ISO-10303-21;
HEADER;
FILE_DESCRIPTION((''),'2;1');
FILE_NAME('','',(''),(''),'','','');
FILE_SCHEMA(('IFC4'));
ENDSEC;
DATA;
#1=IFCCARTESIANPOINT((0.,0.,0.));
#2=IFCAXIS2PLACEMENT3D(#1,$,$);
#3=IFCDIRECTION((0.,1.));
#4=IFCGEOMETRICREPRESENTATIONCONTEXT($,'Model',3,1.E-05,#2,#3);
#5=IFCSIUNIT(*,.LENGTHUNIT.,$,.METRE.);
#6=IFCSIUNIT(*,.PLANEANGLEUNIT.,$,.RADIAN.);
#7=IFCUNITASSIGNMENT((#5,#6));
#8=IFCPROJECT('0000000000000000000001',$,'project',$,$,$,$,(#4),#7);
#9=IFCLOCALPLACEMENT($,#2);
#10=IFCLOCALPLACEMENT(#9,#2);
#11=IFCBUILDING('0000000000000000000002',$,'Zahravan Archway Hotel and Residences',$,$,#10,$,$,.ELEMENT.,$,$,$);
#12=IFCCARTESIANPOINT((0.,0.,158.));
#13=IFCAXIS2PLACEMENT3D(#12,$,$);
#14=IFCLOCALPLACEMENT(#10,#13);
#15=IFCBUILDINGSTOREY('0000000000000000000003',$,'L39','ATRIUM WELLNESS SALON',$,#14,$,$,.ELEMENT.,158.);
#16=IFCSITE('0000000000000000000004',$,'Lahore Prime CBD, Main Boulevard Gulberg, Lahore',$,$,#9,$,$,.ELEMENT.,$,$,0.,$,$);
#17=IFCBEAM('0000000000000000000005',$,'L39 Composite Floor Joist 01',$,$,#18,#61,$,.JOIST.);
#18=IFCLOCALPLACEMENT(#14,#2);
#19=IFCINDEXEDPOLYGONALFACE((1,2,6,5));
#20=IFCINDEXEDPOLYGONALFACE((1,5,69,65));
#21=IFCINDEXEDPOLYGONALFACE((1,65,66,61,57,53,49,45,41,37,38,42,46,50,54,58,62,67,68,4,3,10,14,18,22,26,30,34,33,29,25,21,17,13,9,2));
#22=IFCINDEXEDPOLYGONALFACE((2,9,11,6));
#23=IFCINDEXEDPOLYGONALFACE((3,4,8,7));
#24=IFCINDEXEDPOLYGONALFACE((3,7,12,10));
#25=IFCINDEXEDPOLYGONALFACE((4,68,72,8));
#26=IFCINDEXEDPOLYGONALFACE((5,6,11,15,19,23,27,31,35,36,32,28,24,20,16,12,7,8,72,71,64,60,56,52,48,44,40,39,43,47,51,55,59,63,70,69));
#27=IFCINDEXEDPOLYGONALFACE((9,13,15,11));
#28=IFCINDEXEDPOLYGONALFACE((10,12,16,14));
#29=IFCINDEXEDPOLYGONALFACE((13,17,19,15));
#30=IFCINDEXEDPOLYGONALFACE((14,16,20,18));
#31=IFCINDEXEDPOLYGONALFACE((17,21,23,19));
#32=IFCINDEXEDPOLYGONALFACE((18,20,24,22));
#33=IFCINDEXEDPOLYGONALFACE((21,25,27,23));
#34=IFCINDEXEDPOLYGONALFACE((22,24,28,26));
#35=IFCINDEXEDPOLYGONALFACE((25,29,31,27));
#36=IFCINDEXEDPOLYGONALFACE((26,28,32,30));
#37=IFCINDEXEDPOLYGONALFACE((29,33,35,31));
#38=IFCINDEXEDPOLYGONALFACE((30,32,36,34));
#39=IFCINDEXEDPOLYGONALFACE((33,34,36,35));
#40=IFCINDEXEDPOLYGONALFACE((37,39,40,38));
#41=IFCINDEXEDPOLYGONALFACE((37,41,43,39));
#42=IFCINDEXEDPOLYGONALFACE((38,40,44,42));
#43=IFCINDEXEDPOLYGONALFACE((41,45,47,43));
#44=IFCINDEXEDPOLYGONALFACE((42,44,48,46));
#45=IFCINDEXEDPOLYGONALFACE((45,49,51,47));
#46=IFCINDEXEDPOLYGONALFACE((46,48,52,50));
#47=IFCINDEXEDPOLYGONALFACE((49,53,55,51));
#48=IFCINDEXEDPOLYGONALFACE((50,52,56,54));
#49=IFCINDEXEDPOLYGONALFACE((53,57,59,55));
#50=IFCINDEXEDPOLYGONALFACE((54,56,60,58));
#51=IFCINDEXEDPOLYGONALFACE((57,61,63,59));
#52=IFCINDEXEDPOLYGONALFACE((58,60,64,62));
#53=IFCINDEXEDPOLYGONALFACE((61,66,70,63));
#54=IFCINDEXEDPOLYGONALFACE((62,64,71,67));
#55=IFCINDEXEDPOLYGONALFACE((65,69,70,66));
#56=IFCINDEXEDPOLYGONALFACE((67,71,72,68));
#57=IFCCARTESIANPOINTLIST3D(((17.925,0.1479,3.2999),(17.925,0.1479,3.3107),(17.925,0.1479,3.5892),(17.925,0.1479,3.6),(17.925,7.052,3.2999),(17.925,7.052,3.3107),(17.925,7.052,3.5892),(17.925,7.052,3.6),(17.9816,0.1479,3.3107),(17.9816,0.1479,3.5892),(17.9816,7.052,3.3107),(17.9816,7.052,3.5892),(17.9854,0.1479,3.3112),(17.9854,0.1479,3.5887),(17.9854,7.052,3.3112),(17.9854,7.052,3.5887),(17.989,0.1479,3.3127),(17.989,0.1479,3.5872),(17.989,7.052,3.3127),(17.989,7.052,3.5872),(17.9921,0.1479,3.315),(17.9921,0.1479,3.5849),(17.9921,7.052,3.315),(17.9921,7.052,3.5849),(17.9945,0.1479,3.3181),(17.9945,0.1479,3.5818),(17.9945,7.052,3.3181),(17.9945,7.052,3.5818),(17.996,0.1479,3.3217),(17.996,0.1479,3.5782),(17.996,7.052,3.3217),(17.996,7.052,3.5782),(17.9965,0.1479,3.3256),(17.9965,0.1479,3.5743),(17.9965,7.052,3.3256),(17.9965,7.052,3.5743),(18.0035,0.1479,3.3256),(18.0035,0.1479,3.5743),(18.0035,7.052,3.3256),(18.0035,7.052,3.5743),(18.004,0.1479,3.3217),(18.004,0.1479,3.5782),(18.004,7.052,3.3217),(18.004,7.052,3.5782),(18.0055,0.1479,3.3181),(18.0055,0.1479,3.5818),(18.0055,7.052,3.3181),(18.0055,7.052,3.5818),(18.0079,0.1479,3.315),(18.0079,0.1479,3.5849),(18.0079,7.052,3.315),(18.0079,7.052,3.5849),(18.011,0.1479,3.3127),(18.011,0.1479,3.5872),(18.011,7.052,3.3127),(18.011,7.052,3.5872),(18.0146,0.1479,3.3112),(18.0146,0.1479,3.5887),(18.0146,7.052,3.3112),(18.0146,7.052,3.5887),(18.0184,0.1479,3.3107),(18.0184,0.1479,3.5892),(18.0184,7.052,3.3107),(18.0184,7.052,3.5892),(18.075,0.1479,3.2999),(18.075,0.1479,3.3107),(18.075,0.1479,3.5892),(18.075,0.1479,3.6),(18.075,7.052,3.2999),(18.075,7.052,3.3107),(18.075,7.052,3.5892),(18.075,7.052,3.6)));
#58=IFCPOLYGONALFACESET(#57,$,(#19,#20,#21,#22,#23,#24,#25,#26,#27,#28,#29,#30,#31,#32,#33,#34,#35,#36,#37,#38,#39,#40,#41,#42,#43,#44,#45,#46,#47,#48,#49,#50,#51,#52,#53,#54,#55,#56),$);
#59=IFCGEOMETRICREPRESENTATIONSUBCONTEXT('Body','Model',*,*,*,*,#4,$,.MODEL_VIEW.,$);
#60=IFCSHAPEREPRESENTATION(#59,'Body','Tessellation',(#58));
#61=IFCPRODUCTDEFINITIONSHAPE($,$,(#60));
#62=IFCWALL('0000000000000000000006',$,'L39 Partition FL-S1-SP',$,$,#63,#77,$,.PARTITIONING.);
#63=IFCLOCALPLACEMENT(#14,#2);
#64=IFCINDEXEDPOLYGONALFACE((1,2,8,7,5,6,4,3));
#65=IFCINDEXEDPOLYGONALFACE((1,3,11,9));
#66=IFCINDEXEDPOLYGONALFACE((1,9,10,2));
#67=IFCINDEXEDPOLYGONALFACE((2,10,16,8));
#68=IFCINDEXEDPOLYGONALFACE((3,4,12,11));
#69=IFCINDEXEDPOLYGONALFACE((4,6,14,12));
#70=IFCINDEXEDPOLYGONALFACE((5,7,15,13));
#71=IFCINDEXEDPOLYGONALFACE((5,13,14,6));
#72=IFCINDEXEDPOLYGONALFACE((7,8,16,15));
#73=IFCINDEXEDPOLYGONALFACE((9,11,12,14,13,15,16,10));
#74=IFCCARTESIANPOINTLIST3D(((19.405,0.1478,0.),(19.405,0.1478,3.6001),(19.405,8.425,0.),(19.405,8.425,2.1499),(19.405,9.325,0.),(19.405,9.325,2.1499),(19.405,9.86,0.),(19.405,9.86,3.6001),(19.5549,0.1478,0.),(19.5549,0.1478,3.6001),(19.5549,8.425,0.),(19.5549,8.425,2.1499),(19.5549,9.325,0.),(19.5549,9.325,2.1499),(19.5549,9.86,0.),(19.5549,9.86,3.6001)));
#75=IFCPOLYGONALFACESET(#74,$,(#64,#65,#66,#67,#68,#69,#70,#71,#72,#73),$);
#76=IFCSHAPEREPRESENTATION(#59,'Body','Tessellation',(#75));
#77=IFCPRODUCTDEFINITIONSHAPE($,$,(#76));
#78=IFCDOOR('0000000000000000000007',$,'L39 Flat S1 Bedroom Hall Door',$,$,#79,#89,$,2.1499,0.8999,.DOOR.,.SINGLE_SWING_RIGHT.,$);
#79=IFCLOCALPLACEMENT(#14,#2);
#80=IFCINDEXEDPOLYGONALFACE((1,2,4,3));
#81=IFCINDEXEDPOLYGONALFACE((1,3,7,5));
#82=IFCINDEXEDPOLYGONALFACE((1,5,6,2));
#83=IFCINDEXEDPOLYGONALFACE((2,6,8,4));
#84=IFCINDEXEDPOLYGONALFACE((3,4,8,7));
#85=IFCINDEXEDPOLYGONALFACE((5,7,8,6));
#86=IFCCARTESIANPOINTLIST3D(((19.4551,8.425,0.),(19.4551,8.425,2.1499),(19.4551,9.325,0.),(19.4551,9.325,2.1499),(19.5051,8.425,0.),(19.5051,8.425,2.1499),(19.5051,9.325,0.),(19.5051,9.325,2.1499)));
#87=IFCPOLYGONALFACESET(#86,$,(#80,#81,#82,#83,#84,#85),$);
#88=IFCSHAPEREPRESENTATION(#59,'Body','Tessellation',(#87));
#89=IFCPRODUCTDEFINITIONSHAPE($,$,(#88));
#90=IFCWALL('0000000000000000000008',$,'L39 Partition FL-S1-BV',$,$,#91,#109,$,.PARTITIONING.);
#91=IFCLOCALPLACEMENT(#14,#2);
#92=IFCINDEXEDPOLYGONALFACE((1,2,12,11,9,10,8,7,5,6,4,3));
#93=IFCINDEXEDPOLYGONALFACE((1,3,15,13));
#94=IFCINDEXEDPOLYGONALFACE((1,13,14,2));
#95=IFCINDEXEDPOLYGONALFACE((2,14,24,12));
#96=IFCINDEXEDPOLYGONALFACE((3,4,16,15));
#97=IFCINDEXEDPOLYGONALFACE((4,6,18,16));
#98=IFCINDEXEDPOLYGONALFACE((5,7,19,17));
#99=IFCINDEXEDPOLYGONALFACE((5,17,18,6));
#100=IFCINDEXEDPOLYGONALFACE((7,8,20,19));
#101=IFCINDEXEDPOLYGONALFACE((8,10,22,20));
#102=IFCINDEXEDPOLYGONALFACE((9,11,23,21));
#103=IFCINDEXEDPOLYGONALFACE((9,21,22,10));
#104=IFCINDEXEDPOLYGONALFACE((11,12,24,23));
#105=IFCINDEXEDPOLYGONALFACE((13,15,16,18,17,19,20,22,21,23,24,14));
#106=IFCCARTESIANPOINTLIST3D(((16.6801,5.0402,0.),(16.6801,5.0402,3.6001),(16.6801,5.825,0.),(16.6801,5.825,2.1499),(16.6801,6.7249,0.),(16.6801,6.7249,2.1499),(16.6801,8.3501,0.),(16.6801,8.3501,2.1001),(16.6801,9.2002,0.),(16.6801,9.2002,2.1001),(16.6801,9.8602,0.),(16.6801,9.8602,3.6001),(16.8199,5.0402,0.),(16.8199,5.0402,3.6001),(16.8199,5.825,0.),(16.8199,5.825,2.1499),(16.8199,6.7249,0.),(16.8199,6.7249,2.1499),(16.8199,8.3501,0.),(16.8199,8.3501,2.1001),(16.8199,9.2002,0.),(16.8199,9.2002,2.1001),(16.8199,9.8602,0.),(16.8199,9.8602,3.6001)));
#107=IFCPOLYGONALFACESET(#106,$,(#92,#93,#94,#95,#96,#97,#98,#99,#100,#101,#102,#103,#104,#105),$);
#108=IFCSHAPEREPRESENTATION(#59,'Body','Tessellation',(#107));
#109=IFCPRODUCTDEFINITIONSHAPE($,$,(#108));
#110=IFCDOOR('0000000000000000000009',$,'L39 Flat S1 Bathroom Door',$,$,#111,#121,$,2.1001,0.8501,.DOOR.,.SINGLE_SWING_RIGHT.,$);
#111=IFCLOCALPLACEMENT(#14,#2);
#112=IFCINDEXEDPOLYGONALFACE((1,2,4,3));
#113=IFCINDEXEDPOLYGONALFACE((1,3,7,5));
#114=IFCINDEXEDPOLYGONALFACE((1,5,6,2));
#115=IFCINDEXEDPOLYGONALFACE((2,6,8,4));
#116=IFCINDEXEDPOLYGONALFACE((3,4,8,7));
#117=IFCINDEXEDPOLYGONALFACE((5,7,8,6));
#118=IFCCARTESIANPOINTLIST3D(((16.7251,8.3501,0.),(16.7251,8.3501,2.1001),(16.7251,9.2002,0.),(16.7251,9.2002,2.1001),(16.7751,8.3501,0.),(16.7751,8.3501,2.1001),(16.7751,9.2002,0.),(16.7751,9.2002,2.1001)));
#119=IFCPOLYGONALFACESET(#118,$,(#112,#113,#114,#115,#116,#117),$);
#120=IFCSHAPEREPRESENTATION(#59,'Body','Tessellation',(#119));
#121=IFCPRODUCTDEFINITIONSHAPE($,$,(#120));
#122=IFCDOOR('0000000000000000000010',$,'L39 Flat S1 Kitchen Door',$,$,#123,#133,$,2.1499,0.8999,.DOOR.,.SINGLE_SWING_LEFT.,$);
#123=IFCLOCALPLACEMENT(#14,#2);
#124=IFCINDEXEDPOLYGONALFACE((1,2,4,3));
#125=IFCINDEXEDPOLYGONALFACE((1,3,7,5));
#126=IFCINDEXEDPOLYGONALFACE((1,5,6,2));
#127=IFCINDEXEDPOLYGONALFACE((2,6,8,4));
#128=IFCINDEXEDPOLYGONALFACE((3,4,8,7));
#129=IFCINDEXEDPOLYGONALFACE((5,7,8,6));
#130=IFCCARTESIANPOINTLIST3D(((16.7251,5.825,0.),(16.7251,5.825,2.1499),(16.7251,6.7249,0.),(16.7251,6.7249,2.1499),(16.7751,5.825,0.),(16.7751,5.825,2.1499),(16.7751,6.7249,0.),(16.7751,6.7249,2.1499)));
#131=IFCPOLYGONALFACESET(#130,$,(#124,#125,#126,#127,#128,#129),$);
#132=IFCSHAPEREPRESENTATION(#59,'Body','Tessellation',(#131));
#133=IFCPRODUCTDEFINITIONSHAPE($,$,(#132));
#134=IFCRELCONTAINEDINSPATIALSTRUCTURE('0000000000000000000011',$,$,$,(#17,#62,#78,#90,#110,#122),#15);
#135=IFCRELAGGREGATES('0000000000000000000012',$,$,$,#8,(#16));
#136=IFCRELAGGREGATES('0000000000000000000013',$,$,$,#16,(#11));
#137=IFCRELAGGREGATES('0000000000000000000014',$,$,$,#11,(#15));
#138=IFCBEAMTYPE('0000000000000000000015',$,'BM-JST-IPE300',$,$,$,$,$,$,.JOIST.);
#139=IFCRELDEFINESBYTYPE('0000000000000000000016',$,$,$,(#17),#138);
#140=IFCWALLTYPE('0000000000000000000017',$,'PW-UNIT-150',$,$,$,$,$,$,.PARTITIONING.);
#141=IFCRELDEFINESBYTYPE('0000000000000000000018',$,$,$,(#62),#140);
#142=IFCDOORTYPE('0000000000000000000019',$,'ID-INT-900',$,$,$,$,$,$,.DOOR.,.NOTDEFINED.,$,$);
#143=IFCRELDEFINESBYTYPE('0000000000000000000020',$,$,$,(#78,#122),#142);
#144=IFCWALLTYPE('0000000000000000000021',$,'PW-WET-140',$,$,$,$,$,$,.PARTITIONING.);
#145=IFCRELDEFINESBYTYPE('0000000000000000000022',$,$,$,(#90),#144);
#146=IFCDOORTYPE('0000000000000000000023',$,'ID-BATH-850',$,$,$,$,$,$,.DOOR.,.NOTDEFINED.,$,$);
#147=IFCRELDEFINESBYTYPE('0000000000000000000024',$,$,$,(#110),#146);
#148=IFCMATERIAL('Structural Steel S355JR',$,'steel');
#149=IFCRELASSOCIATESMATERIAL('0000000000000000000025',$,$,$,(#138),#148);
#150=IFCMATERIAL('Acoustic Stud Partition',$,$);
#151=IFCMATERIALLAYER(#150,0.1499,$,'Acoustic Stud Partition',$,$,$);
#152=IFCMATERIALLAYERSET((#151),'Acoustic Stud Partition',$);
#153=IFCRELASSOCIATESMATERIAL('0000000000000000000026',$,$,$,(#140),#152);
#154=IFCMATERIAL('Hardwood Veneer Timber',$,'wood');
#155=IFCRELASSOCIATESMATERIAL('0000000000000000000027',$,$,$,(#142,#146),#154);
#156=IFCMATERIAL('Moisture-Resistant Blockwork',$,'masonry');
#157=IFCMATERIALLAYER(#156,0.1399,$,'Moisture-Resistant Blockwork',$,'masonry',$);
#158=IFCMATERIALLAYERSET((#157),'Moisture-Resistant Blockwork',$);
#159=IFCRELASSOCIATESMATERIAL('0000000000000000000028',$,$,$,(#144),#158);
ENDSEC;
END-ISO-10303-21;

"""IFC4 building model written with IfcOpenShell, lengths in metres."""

from ifc_helpers import new_model, si_unit, direction, frame, frame_2d, origin, origin_2d, place, context, subcontext, project, spatial, rectangle, i_section, extrude, source, transform, mapped, material, layer, layer_set, material_profile, profile_set, type_object, type_shapes, element, fill, save


model = new_model("IFC4")

# Units and contexts
model_context = context("Model", 3, precision=1e-05, world=origin(), true_north=direction((0.0, 1.0)))
body_context = subcontext(model_context, "Body", "Model", "MODEL_VIEW")
ifc_project = project(units=[si_unit("LENGTHUNIT", "METRE"), si_unit("PLANEANGLEUNIT", "RADIAN")], contexts=[model_context])

# Site, building, storey
site_placement = place(None, origin())
site = spatial("IfcSite", under=ifc_project, at=site_placement, Name="Lahore Prime CBD, Main Boulevard Gulberg, Lahore", CompositionType="ELEMENT", RefElevation=0.0)
building_placement = place(site_placement, origin())
building = spatial("IfcBuilding", under=site, at=building_placement, Name="Zahravan Archway Hotel and Residences", CompositionType="ELEMENT")
storey_placement = place(building_placement, frame((0.0, 0.0, 158.0)))
storey = spatial("IfcBuildingStorey", under=building, at=storey_placement, Name="L39", Description="ATRIUM WELLNESS SALON", CompositionType="ELEMENT", Elevation=158.0)

# Beam
ifc_material_1 = material(Name="Structural Steel S355JR", Category="steel")
ifc_material_profile_1 = material_profile(ifc_material_1, i_section(OverallWidth=0.1499, OverallDepth=0.3, WebThickness=0.0071, FlangeThickness=0.0107, FilletRadius=0.0149, at=origin_2d()), Name="IPE 300", Category="steel")
ifc_profile_set_1 = profile_set([ifc_material_profile_1], Name="Structural Steel S355JR")
beam_type_1 = type_object("IfcBeamType", Name="BM-JST-IPE300", PredefinedType="JOIST", material=ifc_profile_set_1)
shared_shape_1 = source(origin(), body_context, "Body", "SweptSolid", [
    extrude(i_section(OverallWidth=0.1499, OverallDepth=0.3, WebThickness=0.0071, FlangeThickness=0.0107, FilletRadius=0.0149, at=origin_2d()), origin(), (0.0, 0.0, 1.0), 6.9041),
])
type_shapes(beam_type_1, [shared_shape_1])
beam_1_placement = place(storey_placement, frame((18.0, 0.1479, 3.45), z_axis=(0.0, 1.0, 0.0), x_axis=(-1.0, 0.0, 0.0)))
element("IfcBeam", 1, at=beam_1_placement, inside=storey, type_object=beam_type_1, Name="L39 Composite Floor Joist 01", PredefinedType="JOIST", context=body_context, shape_type="MappedRepresentation", body=[
    mapped(shared_shape_1, transform((0.0, 0.0, 0.0), scale=1.0)),
])

# Wall, opening, door
ifc_material_2 = material(Name="Acoustic Stud Partition")
ifc_layer_1 = layer(ifc_material_2, 0.1499, Name="Acoustic Stud Partition")
ifc_layer_set_1 = layer_set([ifc_layer_1], Name="Acoustic Stud Partition")
wall_type_1 = type_object("IfcWallType", Name="PW-UNIT-150", PredefinedType="PARTITIONING", material=ifc_layer_set_1)
wall_1_placement = place(storey_placement, frame((19.48, 0.1479, 0.0), z_axis=(0.0, 0.0, 1.0), x_axis=(0.0, 1.0, 0.0)))
wall_1 = element("IfcWall", 2, at=wall_1_placement, inside=storey, type_object=wall_type_1, Name="L39 Partition FL-S1-SP", PredefinedType="PARTITIONING", context=body_context, shape_type="SweptSolid", body=[
    extrude(rectangle(XDim=9.7122, YDim=0.1499, at=frame_2d((4.856, 0.0))), origin(), (0.0, 0.0, 1.0), 3.6001),
])
opening_1_placement = place(wall_1_placement, frame((8.2771, 0.0, 0.0)))
opening_1 = element("IfcOpeningElement", 3, at=opening_1_placement, cuts=wall_1, PredefinedType="OPENING", context=body_context, shape_type="SweptSolid", body=[
    extrude(rectangle(XDim=0.8999, YDim=2.1499, at=frame_2d((0.45, 1.075))), frame((0.0, 0.085, 0.0), z_axis=(0.0, -1.0, 0.0), x_axis=(1.0, 0.0, 0.0)), (0.0, 0.0, 1.0), 0.1699),
])
ifc_material_3 = material(Name="Hardwood Veneer Timber", Category="wood")
door_type_1 = type_object("IfcDoorType", Name="ID-INT-900", OperationType="NOTDEFINED", PredefinedType="DOOR", material=ifc_material_3)
shared_shape_2 = source(origin(), body_context, "Body", "SweptSolid", [
    extrude(rectangle(XDim=0.8999, YDim=2.1499, at=frame_2d((0.45, 1.075))), frame((0.0, 0.0249, 0.0), z_axis=(0.0, -1.0, 0.0), x_axis=(1.0, 0.0, 0.0)), (0.0, 0.0, 1.0), 0.05),
])
type_shapes(door_type_1, [shared_shape_2])
door_1_placement = place(opening_1_placement, origin())
door_1 = element("IfcDoor", 4, at=door_1_placement, inside=storey, type_object=door_type_1, Name="L39 Flat S1 Bedroom Hall Door", OperationType="SINGLE_SWING_RIGHT", OverallHeight=2.1499, OverallWidth=0.8999, PredefinedType="DOOR", context=body_context, shape_type="MappedRepresentation", body=[
    mapped(shared_shape_2, transform((0.0, 0.0, 0.0), scale=1.0)),
])
fill(opening_1, door_1)

# Wall, openings, doors
ifc_material_4 = material(Name="Moisture-Resistant Blockwork", Category="masonry")
ifc_layer_2 = layer(ifc_material_4, 0.1399, Name="Moisture-Resistant Blockwork", Category="masonry")
ifc_layer_set_2 = layer_set([ifc_layer_2], Name="Moisture-Resistant Blockwork")
wall_type_2 = type_object("IfcWallType", Name="PW-WET-140", PredefinedType="PARTITIONING", material=ifc_layer_set_2)
wall_2_placement = place(storey_placement, frame((16.75, 5.04, 0.0), z_axis=(0.0, 0.0, 1.0), x_axis=(0.0, 1.0, 0.0)))
wall_2 = element("IfcWall", 5, at=wall_2_placement, inside=storey, type_object=wall_type_2, Name="L39 Partition FL-S1-BV", PredefinedType="PARTITIONING", context=body_context, shape_type="SweptSolid", body=[
    extrude(rectangle(XDim=4.8201, YDim=0.1399, at=frame_2d((2.4102, 0.0))), origin(), (0.0, 0.0, 1.0), 3.6001),
])
opening_2_placement = place(wall_2_placement, frame((0.7849, 0.0, 0.0)))
opening_2 = element("IfcOpeningElement", 6, at=opening_2_placement, cuts=wall_2, PredefinedType="OPENING", context=body_context, shape_type="SweptSolid", body=[
    extrude(rectangle(XDim=0.8999, YDim=2.1499, at=frame_2d((0.45, 1.075))), frame((0.0, 0.0801, 0.0), z_axis=(0.0, -1.0, 0.0), x_axis=(1.0, 0.0, 0.0)), (0.0, 0.0, 1.0), 0.1599),
])
opening_3_placement = place(wall_2_placement, frame((3.3101, 0.0, 0.0)))
opening_3 = element("IfcOpeningElement", 7, at=opening_3_placement, cuts=wall_2, PredefinedType="OPENING", context=body_context, shape_type="SweptSolid", body=[
    extrude(rectangle(XDim=0.8501, YDim=2.1001, at=frame_2d((0.425, 1.05))), frame((0.0, 0.0801, 0.0), z_axis=(0.0, -1.0, 0.0), x_axis=(1.0, 0.0, 0.0)), (0.0, 0.0, 1.0), 0.1599),
])
door_type_2 = type_object("IfcDoorType", Name="ID-BATH-850", OperationType="NOTDEFINED", PredefinedType="DOOR", material=ifc_material_3)
shared_shape_3 = source(origin(), body_context, "Body", "SweptSolid", [
    extrude(rectangle(XDim=0.8501, YDim=2.1001, at=frame_2d((0.425, 1.05))), frame((0.0, 0.0249, 0.0), z_axis=(0.0, -1.0, 0.0), x_axis=(1.0, 0.0, 0.0)), (0.0, 0.0, 1.0), 0.05),
])
type_shapes(door_type_2, [shared_shape_3])
door_2_placement = place(opening_3_placement, origin())
door_2 = element("IfcDoor", 8, at=door_2_placement, inside=storey, type_object=door_type_2, Name="L39 Flat S1 Bathroom Door", OperationType="SINGLE_SWING_RIGHT", OverallHeight=2.1001, OverallWidth=0.8501, PredefinedType="DOOR", context=body_context, shape_type="MappedRepresentation", body=[
    mapped(shared_shape_3, transform((0.0, 0.0, 0.0), scale=1.0)),
])
fill(opening_3, door_2)
door_3_placement = place(opening_2_placement, origin())
door_3 = element("IfcDoor", 9, at=door_3_placement, inside=storey, type_object=door_type_1, Name="L39 Flat S1 Kitchen Door", OperationType="SINGLE_SWING_LEFT", OverallHeight=2.1499, OverallWidth=0.8999, PredefinedType="DOOR", context=body_context, shape_type="MappedRepresentation", body=[
    mapped(shared_shape_2, transform((0.0, 0.0, 0.0), scale=1.0)),
])
fill(opening_2, door_3)

save(model, "model.ifc")
